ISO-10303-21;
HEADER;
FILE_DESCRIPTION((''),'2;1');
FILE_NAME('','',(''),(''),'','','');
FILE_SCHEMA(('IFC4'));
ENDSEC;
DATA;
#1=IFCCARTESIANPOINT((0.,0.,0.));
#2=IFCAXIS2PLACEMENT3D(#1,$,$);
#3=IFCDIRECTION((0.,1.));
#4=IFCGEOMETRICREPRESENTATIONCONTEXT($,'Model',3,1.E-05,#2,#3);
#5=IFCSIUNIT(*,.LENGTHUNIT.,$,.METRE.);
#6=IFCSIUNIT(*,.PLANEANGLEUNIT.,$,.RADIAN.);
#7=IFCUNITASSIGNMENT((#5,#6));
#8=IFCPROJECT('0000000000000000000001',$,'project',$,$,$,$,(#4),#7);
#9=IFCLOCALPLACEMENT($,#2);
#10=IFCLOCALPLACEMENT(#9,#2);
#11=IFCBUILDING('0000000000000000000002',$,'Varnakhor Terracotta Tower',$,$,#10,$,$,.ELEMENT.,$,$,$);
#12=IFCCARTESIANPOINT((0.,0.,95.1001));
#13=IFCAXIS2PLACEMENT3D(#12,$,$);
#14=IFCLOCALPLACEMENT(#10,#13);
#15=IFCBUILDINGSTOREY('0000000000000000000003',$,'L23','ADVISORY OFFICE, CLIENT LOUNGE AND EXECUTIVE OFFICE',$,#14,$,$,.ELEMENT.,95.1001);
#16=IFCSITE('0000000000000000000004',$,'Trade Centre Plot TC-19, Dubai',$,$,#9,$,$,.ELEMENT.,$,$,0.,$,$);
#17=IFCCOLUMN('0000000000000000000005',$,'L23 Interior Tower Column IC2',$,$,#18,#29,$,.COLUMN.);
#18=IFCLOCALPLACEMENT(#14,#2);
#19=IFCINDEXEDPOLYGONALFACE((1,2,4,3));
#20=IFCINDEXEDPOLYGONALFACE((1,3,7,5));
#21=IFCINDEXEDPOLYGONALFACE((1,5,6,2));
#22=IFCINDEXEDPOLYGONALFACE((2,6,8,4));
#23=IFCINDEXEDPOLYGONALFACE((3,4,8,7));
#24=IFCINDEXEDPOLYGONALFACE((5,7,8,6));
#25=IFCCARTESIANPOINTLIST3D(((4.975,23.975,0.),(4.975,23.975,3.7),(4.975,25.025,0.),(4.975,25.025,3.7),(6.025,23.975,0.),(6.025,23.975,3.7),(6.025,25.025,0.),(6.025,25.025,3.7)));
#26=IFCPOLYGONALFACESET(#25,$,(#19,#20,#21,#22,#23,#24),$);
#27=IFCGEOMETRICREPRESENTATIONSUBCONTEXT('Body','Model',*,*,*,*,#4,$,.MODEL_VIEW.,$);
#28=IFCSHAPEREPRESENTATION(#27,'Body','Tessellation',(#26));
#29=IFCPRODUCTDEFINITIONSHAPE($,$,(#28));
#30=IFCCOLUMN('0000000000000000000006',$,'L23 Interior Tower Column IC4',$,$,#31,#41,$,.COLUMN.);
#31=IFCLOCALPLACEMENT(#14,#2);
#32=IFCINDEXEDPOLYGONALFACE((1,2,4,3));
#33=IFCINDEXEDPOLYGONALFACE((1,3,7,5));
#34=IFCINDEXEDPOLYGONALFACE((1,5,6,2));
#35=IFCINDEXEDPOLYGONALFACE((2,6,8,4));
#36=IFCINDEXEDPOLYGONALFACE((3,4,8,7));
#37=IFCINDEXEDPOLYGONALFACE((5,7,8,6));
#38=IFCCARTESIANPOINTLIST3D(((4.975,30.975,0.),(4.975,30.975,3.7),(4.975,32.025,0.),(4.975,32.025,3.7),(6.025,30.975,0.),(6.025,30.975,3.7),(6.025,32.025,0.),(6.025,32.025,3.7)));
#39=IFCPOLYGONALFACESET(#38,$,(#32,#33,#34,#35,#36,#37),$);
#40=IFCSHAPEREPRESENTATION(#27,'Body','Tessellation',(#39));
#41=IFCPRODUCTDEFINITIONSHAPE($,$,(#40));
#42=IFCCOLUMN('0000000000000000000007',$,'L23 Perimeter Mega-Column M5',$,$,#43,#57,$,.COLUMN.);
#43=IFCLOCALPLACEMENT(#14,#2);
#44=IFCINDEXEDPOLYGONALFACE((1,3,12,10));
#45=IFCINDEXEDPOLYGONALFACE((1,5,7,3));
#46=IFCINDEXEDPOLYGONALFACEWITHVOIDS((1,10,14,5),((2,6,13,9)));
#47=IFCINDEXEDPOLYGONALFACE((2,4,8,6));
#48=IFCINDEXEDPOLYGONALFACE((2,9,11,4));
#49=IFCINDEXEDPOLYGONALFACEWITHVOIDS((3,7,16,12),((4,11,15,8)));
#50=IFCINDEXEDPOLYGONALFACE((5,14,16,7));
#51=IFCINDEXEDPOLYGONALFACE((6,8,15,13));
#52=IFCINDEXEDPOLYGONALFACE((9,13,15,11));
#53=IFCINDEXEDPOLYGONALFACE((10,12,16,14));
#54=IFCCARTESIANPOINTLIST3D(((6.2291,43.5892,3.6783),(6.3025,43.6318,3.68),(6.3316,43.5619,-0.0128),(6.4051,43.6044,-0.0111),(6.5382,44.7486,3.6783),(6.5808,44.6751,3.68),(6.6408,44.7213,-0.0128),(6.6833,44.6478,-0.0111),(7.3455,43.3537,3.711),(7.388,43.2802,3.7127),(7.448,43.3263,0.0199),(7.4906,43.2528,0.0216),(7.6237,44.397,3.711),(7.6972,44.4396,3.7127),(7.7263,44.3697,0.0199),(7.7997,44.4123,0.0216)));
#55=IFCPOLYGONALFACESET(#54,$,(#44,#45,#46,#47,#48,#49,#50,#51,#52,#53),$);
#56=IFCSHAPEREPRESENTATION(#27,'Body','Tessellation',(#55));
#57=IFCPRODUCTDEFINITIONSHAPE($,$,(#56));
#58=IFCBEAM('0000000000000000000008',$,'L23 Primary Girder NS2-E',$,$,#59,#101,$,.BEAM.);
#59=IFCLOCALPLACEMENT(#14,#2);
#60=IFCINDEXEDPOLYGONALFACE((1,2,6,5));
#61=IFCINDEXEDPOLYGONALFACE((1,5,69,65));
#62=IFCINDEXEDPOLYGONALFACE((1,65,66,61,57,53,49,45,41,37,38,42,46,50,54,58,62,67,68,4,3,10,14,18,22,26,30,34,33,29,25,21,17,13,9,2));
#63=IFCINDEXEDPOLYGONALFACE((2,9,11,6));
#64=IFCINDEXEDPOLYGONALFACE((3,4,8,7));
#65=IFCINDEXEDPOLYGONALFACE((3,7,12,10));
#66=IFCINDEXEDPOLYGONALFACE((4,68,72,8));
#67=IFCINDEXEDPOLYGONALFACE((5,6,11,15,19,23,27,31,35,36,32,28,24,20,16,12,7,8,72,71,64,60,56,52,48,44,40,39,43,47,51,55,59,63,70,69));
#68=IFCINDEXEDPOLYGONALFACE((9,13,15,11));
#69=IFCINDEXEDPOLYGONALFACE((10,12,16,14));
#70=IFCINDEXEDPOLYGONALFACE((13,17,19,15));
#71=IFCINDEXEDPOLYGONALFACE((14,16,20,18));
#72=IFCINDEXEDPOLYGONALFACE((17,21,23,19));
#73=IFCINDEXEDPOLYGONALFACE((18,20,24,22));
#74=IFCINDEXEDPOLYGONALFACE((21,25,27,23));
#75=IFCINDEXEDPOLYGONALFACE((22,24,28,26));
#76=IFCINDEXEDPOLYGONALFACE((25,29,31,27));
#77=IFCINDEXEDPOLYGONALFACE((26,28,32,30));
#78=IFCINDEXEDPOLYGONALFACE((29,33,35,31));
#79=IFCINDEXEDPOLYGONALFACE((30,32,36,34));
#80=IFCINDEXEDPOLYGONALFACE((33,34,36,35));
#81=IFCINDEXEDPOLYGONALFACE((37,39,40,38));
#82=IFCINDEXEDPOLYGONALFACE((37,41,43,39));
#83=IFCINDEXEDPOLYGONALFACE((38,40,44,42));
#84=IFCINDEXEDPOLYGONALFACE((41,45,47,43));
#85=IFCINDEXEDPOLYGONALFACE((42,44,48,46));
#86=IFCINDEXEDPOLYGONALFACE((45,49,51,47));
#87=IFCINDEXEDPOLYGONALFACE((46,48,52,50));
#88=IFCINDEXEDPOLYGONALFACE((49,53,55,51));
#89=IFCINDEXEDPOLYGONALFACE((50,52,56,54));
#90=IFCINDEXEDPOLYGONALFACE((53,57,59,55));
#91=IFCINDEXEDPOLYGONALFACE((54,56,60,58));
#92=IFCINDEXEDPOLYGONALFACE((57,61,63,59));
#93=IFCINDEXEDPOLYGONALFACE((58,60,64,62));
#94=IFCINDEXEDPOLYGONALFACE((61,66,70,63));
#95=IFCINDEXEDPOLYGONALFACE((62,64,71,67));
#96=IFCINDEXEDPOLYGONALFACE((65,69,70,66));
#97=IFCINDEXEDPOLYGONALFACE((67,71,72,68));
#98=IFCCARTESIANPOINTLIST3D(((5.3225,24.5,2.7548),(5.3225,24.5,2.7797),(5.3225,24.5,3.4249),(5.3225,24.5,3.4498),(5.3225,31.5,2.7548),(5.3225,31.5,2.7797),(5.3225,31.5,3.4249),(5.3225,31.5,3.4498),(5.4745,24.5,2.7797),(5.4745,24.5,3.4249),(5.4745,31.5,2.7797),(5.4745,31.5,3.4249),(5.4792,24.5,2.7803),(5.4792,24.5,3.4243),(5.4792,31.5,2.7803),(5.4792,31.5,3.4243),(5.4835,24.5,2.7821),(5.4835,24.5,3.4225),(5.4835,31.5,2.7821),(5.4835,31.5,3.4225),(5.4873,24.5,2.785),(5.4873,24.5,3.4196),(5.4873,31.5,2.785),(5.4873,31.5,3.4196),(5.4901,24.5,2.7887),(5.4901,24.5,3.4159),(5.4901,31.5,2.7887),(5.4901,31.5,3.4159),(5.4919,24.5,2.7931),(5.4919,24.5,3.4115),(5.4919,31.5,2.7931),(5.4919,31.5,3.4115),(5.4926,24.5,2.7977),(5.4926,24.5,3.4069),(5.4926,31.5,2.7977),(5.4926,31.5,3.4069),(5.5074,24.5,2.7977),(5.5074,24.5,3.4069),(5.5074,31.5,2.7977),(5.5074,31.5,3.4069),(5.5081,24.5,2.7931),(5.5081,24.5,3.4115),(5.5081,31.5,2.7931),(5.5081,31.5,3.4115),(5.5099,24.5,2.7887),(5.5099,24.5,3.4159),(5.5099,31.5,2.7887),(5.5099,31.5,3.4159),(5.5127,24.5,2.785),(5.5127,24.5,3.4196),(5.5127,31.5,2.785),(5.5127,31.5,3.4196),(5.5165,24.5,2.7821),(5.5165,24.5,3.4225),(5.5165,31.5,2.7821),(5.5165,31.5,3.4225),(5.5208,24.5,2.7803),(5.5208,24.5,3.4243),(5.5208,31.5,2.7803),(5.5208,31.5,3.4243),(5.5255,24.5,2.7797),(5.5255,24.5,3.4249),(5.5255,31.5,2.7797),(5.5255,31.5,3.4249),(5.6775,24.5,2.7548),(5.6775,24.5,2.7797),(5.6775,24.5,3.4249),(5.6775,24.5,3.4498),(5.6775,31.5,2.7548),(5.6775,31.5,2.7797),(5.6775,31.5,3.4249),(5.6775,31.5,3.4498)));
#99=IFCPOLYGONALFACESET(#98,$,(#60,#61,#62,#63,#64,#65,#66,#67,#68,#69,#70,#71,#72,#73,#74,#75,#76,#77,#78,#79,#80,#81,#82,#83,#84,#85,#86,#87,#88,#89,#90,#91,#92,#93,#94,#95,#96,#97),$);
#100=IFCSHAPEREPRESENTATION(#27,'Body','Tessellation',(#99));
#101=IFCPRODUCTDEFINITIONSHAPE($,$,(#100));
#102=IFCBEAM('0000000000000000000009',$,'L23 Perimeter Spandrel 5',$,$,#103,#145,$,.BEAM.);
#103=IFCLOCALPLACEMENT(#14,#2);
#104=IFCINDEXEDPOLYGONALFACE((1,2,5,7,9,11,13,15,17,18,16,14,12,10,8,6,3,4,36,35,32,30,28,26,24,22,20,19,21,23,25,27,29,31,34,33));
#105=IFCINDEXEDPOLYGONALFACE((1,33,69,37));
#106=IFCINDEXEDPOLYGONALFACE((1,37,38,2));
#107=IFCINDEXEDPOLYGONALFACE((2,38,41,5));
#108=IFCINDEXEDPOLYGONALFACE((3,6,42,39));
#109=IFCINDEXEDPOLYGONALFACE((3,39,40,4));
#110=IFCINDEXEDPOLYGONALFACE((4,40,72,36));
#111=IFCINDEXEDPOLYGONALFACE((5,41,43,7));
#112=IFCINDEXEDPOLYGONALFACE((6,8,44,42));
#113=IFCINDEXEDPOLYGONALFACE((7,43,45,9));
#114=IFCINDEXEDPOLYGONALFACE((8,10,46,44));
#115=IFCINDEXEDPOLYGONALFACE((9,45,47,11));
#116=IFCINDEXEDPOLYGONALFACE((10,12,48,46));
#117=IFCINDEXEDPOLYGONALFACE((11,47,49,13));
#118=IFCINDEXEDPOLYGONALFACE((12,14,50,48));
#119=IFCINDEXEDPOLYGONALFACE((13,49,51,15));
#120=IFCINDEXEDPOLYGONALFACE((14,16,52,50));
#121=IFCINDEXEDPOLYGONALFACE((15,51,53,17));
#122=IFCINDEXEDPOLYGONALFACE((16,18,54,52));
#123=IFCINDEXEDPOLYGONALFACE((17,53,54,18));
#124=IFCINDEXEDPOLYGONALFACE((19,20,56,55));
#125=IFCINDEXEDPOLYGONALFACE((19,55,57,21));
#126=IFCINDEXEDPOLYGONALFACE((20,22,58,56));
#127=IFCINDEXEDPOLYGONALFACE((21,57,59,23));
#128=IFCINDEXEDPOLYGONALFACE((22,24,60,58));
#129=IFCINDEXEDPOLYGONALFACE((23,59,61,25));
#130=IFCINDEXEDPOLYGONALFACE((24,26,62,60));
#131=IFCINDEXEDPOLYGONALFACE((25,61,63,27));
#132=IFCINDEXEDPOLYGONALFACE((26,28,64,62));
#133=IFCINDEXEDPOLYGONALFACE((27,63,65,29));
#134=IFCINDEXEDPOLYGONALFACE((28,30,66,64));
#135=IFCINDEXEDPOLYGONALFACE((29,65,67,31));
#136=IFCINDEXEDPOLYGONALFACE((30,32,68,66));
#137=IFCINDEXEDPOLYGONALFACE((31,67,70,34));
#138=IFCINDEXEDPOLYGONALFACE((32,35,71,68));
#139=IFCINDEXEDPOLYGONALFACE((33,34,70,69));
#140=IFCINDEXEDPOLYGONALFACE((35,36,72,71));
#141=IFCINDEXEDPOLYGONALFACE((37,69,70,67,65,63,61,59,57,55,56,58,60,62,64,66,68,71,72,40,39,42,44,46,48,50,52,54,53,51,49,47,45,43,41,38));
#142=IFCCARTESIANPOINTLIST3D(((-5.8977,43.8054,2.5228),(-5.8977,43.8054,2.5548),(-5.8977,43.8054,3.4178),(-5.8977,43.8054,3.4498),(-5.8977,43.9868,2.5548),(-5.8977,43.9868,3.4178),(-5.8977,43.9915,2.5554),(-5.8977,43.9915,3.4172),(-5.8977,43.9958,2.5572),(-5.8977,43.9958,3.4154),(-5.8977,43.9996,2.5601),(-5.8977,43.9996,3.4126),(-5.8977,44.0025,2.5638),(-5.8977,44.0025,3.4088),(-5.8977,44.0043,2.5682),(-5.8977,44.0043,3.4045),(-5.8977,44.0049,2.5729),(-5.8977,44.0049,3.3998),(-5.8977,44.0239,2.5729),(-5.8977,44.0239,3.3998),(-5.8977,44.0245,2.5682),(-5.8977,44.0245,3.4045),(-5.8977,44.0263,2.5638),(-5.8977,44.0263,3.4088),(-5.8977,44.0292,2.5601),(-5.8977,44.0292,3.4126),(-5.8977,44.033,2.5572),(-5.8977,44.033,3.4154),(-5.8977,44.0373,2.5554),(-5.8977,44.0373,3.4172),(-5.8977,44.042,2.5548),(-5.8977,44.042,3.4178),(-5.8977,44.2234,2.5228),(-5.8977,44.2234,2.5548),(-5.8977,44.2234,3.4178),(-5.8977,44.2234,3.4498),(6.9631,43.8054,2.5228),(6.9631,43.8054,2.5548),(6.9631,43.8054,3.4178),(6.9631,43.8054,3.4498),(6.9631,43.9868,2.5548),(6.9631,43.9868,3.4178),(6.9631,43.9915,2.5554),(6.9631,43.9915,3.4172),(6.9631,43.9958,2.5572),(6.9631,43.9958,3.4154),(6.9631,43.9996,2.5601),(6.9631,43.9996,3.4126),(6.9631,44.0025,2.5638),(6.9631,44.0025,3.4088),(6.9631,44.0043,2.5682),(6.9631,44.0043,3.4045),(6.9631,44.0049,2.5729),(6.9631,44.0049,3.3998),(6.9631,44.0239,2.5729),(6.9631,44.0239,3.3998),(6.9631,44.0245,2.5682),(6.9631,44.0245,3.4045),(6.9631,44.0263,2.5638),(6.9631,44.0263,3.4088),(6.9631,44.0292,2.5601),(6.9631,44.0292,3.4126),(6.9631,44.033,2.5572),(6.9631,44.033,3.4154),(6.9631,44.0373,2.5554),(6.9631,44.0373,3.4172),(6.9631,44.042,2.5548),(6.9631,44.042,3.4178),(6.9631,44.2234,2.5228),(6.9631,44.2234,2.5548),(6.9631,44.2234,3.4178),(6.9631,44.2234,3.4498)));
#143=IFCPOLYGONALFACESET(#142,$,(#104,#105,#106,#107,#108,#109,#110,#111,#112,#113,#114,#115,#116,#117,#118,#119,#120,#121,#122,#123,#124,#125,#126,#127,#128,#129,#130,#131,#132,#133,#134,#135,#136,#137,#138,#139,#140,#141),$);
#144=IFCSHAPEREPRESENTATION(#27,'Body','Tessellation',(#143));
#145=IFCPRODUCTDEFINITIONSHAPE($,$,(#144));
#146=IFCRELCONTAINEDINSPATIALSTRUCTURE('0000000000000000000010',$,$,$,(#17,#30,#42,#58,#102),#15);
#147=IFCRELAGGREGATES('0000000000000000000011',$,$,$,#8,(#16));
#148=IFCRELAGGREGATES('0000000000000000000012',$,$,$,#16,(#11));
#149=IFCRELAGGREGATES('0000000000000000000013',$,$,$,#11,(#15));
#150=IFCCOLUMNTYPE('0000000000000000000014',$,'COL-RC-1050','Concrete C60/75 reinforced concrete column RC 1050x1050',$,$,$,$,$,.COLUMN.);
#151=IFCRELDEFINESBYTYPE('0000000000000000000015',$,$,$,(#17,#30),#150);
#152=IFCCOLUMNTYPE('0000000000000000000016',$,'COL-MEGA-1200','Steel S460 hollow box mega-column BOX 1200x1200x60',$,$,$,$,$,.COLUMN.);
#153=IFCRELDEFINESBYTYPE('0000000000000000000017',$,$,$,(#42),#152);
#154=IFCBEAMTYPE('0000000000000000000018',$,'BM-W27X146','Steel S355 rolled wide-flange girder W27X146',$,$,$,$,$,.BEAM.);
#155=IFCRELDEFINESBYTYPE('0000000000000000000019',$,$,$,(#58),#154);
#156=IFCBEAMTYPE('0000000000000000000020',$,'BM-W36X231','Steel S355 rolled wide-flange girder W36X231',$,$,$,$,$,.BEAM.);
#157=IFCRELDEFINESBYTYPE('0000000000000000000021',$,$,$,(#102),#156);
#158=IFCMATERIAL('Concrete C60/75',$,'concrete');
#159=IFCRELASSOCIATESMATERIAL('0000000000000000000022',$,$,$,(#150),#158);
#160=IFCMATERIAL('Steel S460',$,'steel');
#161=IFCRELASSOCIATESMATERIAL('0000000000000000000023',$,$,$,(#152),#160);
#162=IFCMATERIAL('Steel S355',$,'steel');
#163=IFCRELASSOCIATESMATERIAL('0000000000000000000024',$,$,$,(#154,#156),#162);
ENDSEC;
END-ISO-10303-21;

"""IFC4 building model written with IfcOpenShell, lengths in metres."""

from ifc_helpers import new_model, si_unit, direction, frame, origin, origin_2d, place, context, subcontext, project, spatial, rectangle, hollow_rectangle, i_section, extrude, source, transform, mapped, material, material_profile, profile_set, type_object, element, save


model = new_model("IFC4")

# Units and contexts
model_context = context("Model", 3, precision=1e-05, world=origin(), true_north=direction((0.0, 1.0)))
body_context = subcontext(model_context, "Body", "Model", "MODEL_VIEW")
ifc_project = project(units=[si_unit("LENGTHUNIT", "METRE"), si_unit("PLANEANGLEUNIT", "RADIAN")], contexts=[model_context])

# Site, building, storey
site_placement = place(None, origin())
site = spatial("IfcSite", under=ifc_project, at=site_placement, Name="Trade Centre Plot TC-19, Dubai", CompositionType="ELEMENT", RefElevation=0.0)
building_placement = place(site_placement, origin())
building = spatial("IfcBuilding", under=site, at=building_placement, Name="Varnakhor Terracotta Tower", CompositionType="ELEMENT")
storey_placement = place(building_placement, frame((0.0, 0.0, 95.1001)))
storey = spatial("IfcBuildingStorey", under=building, at=storey_placement, Name="L23", Description="ADVISORY OFFICE, CLIENT LOUNGE AND EXECUTIVE OFFICE", CompositionType="ELEMENT", Elevation=95.1001)

# Columns
ifc_material_1 = material(Name="Concrete C60/75", Category="concrete")
ifc_material_profile_1 = material_profile(ifc_material_1, rectangle(XDim=1.05, YDim=1.05, at=origin_2d()), Name="RC 1050x1050")
ifc_profile_set_1 = profile_set([ifc_material_profile_1], Name="Concrete C60/75")
column_type_1 = type_object("IfcColumnType", Name="COL-RC-1050", Description="Concrete C60/75 reinforced concrete column RC 1050x1050", PredefinedType="COLUMN", material=ifc_profile_set_1)
shared_shape_1 = source(origin(), body_context, "Body", "SweptSolid", [
    extrude(rectangle(XDim=1.05, YDim=1.05, at=origin_2d()), origin(), (0.0, 0.0, 1.0), 3.7),
])
for number, where, z_axis, x_axis, name in (
    (1, (5.5, 24.5, 0.0), (0.0, 0.0, 1.0), (1.0, 0.0, 0.0), "L23 Interior Tower Column IC2"),
    (2, (5.5, 31.5, 0.0), (0.0, 0.0, 1.0), (1.0, 0.0, 0.0), "L23 Interior Tower Column IC4"),
):
    element("IfcColumn", number, at=place(storey_placement, frame(where, z_axis=z_axis, x_axis=x_axis)), inside=storey, type_object=column_type_1, Name=name, PredefinedType="COLUMN", context=body_context, shape_type="MappedRepresentation", body=[
        mapped(shared_shape_1, transform((0.0, 0.0, 0.0), scale=1.0)),
    ])
ifc_material_2 = material(Name="Steel S460", Category="steel")
ifc_material_profile_2 = material_profile(ifc_material_2, hollow_rectangle(XDim=1.2, YDim=1.2, WallThickness=0.0601, at=origin_2d()), Name="BOX 1200x1200x60")
ifc_profile_set_2 = profile_set([ifc_material_profile_2], Name="Steel S460")
column_type_2 = type_object("IfcColumnType", Name="COL-MEGA-1200", Description="Steel S460 hollow box mega-column BOX 1200x1200x60", PredefinedType="COLUMN", material=ifc_profile_set_2)
shared_shape_2 = source(origin(), body_context, "Body", "SweptSolid", [
    extrude(hollow_rectangle(XDim=1.2, YDim=1.2, WallThickness=0.0601, at=origin_2d()), origin(), (0.0, 0.0, 1.0), 3.6926),
])
column_placement = place(storey_placement, frame((7.0657, 43.9871, 0.0044), z_axis=(-0.027768, 0.007405, 0.999587), x_axis=(-0.257663, -0.966235, 0.0)))
element("IfcColumn", 3, at=column_placement, inside=storey, type_object=column_type_2, Name="L23 Perimeter Mega-Column M5", PredefinedType="COLUMN", context=body_context, shape_type="MappedRepresentation", body=[
    mapped(shared_shape_2, transform((0.0, 0.0, 0.0), scale=1.0)),
])

# Beams
ifc_material_3 = material(Name="Steel S355", Category="steel")
ifc_material_profile_3 = material_profile(ifc_material_3, i_section(OverallWidth=0.355, OverallDepth=0.6951, WebThickness=0.0149, FlangeThickness=0.0249, FilletRadius=0.0181, at=origin_2d()), Name="W27X146")
ifc_profile_set_3 = profile_set([ifc_material_profile_3], Name="Steel S355")
beam_type_1 = type_object("IfcBeamType", Name="BM-W27X146", Description="Steel S355 rolled wide-flange girder W27X146", PredefinedType="BEAM", material=ifc_profile_set_3)
shared_shape_3 = source(origin(), body_context, "Body", "SweptSolid", [
    extrude(i_section(OverallWidth=0.355, OverallDepth=0.6951, WebThickness=0.0149, FlangeThickness=0.0249, FilletRadius=0.0181, at=origin_2d()), origin(), (0.0, 0.0, 1.0), 7.0),
])
beam_1_placement = place(storey_placement, frame((5.5, 24.5, 3.1023), z_axis=(0.0, 1.0, 0.0), x_axis=(-1.0, 0.0, 0.0)))
element("IfcBeam", 4, at=beam_1_placement, inside=storey, type_object=beam_type_1, Name="L23 Primary Girder NS2-E", PredefinedType="BEAM", context=body_context, shape_type="MappedRepresentation", body=[
    mapped(shared_shape_3, transform((0.0, 0.0, 0.0), scale=1.0)),
])
ifc_material_profile_4 = material_profile(ifc_material_3, i_section(OverallWidth=0.418, OverallDepth=0.927, WebThickness=0.019, FlangeThickness=0.032, FilletRadius=0.0181, at=origin_2d()), Name="W36X231")
ifc_profile_set_4 = profile_set([ifc_material_profile_4], Name="Steel S355")
beam_type_2 = type_object("IfcBeamType", Name="BM-W36X231", Description="Steel S355 rolled wide-flange girder W36X231", PredefinedType="BEAM", material=ifc_profile_set_4)
shared_shape_4 = source(origin(), body_context, "Body", "SweptSolid", [
    extrude(i_section(OverallWidth=0.418, OverallDepth=0.927, WebThickness=0.019, FlangeThickness=0.032, FilletRadius=0.0181, at=origin_2d()), origin(), (0.0, 0.0, 1.0), 12.8608),
])
beam_2_placement = place(storey_placement, frame((6.9631, 44.0144, 2.9863), z_axis=(-1.0, 0.0, 0.0), x_axis=(0.0, -1.0, 0.0)))
element("IfcBeam", 5, at=beam_2_placement, inside=storey, type_object=beam_type_2, Name="L23 Perimeter Spandrel 5", PredefinedType="BEAM", context=body_context, shape_type="MappedRepresentation", body=[
    mapped(shared_shape_4, transform((0.0, 0.0, 0.0), scale=1.0)),
])

save(model, "model.ifc")
